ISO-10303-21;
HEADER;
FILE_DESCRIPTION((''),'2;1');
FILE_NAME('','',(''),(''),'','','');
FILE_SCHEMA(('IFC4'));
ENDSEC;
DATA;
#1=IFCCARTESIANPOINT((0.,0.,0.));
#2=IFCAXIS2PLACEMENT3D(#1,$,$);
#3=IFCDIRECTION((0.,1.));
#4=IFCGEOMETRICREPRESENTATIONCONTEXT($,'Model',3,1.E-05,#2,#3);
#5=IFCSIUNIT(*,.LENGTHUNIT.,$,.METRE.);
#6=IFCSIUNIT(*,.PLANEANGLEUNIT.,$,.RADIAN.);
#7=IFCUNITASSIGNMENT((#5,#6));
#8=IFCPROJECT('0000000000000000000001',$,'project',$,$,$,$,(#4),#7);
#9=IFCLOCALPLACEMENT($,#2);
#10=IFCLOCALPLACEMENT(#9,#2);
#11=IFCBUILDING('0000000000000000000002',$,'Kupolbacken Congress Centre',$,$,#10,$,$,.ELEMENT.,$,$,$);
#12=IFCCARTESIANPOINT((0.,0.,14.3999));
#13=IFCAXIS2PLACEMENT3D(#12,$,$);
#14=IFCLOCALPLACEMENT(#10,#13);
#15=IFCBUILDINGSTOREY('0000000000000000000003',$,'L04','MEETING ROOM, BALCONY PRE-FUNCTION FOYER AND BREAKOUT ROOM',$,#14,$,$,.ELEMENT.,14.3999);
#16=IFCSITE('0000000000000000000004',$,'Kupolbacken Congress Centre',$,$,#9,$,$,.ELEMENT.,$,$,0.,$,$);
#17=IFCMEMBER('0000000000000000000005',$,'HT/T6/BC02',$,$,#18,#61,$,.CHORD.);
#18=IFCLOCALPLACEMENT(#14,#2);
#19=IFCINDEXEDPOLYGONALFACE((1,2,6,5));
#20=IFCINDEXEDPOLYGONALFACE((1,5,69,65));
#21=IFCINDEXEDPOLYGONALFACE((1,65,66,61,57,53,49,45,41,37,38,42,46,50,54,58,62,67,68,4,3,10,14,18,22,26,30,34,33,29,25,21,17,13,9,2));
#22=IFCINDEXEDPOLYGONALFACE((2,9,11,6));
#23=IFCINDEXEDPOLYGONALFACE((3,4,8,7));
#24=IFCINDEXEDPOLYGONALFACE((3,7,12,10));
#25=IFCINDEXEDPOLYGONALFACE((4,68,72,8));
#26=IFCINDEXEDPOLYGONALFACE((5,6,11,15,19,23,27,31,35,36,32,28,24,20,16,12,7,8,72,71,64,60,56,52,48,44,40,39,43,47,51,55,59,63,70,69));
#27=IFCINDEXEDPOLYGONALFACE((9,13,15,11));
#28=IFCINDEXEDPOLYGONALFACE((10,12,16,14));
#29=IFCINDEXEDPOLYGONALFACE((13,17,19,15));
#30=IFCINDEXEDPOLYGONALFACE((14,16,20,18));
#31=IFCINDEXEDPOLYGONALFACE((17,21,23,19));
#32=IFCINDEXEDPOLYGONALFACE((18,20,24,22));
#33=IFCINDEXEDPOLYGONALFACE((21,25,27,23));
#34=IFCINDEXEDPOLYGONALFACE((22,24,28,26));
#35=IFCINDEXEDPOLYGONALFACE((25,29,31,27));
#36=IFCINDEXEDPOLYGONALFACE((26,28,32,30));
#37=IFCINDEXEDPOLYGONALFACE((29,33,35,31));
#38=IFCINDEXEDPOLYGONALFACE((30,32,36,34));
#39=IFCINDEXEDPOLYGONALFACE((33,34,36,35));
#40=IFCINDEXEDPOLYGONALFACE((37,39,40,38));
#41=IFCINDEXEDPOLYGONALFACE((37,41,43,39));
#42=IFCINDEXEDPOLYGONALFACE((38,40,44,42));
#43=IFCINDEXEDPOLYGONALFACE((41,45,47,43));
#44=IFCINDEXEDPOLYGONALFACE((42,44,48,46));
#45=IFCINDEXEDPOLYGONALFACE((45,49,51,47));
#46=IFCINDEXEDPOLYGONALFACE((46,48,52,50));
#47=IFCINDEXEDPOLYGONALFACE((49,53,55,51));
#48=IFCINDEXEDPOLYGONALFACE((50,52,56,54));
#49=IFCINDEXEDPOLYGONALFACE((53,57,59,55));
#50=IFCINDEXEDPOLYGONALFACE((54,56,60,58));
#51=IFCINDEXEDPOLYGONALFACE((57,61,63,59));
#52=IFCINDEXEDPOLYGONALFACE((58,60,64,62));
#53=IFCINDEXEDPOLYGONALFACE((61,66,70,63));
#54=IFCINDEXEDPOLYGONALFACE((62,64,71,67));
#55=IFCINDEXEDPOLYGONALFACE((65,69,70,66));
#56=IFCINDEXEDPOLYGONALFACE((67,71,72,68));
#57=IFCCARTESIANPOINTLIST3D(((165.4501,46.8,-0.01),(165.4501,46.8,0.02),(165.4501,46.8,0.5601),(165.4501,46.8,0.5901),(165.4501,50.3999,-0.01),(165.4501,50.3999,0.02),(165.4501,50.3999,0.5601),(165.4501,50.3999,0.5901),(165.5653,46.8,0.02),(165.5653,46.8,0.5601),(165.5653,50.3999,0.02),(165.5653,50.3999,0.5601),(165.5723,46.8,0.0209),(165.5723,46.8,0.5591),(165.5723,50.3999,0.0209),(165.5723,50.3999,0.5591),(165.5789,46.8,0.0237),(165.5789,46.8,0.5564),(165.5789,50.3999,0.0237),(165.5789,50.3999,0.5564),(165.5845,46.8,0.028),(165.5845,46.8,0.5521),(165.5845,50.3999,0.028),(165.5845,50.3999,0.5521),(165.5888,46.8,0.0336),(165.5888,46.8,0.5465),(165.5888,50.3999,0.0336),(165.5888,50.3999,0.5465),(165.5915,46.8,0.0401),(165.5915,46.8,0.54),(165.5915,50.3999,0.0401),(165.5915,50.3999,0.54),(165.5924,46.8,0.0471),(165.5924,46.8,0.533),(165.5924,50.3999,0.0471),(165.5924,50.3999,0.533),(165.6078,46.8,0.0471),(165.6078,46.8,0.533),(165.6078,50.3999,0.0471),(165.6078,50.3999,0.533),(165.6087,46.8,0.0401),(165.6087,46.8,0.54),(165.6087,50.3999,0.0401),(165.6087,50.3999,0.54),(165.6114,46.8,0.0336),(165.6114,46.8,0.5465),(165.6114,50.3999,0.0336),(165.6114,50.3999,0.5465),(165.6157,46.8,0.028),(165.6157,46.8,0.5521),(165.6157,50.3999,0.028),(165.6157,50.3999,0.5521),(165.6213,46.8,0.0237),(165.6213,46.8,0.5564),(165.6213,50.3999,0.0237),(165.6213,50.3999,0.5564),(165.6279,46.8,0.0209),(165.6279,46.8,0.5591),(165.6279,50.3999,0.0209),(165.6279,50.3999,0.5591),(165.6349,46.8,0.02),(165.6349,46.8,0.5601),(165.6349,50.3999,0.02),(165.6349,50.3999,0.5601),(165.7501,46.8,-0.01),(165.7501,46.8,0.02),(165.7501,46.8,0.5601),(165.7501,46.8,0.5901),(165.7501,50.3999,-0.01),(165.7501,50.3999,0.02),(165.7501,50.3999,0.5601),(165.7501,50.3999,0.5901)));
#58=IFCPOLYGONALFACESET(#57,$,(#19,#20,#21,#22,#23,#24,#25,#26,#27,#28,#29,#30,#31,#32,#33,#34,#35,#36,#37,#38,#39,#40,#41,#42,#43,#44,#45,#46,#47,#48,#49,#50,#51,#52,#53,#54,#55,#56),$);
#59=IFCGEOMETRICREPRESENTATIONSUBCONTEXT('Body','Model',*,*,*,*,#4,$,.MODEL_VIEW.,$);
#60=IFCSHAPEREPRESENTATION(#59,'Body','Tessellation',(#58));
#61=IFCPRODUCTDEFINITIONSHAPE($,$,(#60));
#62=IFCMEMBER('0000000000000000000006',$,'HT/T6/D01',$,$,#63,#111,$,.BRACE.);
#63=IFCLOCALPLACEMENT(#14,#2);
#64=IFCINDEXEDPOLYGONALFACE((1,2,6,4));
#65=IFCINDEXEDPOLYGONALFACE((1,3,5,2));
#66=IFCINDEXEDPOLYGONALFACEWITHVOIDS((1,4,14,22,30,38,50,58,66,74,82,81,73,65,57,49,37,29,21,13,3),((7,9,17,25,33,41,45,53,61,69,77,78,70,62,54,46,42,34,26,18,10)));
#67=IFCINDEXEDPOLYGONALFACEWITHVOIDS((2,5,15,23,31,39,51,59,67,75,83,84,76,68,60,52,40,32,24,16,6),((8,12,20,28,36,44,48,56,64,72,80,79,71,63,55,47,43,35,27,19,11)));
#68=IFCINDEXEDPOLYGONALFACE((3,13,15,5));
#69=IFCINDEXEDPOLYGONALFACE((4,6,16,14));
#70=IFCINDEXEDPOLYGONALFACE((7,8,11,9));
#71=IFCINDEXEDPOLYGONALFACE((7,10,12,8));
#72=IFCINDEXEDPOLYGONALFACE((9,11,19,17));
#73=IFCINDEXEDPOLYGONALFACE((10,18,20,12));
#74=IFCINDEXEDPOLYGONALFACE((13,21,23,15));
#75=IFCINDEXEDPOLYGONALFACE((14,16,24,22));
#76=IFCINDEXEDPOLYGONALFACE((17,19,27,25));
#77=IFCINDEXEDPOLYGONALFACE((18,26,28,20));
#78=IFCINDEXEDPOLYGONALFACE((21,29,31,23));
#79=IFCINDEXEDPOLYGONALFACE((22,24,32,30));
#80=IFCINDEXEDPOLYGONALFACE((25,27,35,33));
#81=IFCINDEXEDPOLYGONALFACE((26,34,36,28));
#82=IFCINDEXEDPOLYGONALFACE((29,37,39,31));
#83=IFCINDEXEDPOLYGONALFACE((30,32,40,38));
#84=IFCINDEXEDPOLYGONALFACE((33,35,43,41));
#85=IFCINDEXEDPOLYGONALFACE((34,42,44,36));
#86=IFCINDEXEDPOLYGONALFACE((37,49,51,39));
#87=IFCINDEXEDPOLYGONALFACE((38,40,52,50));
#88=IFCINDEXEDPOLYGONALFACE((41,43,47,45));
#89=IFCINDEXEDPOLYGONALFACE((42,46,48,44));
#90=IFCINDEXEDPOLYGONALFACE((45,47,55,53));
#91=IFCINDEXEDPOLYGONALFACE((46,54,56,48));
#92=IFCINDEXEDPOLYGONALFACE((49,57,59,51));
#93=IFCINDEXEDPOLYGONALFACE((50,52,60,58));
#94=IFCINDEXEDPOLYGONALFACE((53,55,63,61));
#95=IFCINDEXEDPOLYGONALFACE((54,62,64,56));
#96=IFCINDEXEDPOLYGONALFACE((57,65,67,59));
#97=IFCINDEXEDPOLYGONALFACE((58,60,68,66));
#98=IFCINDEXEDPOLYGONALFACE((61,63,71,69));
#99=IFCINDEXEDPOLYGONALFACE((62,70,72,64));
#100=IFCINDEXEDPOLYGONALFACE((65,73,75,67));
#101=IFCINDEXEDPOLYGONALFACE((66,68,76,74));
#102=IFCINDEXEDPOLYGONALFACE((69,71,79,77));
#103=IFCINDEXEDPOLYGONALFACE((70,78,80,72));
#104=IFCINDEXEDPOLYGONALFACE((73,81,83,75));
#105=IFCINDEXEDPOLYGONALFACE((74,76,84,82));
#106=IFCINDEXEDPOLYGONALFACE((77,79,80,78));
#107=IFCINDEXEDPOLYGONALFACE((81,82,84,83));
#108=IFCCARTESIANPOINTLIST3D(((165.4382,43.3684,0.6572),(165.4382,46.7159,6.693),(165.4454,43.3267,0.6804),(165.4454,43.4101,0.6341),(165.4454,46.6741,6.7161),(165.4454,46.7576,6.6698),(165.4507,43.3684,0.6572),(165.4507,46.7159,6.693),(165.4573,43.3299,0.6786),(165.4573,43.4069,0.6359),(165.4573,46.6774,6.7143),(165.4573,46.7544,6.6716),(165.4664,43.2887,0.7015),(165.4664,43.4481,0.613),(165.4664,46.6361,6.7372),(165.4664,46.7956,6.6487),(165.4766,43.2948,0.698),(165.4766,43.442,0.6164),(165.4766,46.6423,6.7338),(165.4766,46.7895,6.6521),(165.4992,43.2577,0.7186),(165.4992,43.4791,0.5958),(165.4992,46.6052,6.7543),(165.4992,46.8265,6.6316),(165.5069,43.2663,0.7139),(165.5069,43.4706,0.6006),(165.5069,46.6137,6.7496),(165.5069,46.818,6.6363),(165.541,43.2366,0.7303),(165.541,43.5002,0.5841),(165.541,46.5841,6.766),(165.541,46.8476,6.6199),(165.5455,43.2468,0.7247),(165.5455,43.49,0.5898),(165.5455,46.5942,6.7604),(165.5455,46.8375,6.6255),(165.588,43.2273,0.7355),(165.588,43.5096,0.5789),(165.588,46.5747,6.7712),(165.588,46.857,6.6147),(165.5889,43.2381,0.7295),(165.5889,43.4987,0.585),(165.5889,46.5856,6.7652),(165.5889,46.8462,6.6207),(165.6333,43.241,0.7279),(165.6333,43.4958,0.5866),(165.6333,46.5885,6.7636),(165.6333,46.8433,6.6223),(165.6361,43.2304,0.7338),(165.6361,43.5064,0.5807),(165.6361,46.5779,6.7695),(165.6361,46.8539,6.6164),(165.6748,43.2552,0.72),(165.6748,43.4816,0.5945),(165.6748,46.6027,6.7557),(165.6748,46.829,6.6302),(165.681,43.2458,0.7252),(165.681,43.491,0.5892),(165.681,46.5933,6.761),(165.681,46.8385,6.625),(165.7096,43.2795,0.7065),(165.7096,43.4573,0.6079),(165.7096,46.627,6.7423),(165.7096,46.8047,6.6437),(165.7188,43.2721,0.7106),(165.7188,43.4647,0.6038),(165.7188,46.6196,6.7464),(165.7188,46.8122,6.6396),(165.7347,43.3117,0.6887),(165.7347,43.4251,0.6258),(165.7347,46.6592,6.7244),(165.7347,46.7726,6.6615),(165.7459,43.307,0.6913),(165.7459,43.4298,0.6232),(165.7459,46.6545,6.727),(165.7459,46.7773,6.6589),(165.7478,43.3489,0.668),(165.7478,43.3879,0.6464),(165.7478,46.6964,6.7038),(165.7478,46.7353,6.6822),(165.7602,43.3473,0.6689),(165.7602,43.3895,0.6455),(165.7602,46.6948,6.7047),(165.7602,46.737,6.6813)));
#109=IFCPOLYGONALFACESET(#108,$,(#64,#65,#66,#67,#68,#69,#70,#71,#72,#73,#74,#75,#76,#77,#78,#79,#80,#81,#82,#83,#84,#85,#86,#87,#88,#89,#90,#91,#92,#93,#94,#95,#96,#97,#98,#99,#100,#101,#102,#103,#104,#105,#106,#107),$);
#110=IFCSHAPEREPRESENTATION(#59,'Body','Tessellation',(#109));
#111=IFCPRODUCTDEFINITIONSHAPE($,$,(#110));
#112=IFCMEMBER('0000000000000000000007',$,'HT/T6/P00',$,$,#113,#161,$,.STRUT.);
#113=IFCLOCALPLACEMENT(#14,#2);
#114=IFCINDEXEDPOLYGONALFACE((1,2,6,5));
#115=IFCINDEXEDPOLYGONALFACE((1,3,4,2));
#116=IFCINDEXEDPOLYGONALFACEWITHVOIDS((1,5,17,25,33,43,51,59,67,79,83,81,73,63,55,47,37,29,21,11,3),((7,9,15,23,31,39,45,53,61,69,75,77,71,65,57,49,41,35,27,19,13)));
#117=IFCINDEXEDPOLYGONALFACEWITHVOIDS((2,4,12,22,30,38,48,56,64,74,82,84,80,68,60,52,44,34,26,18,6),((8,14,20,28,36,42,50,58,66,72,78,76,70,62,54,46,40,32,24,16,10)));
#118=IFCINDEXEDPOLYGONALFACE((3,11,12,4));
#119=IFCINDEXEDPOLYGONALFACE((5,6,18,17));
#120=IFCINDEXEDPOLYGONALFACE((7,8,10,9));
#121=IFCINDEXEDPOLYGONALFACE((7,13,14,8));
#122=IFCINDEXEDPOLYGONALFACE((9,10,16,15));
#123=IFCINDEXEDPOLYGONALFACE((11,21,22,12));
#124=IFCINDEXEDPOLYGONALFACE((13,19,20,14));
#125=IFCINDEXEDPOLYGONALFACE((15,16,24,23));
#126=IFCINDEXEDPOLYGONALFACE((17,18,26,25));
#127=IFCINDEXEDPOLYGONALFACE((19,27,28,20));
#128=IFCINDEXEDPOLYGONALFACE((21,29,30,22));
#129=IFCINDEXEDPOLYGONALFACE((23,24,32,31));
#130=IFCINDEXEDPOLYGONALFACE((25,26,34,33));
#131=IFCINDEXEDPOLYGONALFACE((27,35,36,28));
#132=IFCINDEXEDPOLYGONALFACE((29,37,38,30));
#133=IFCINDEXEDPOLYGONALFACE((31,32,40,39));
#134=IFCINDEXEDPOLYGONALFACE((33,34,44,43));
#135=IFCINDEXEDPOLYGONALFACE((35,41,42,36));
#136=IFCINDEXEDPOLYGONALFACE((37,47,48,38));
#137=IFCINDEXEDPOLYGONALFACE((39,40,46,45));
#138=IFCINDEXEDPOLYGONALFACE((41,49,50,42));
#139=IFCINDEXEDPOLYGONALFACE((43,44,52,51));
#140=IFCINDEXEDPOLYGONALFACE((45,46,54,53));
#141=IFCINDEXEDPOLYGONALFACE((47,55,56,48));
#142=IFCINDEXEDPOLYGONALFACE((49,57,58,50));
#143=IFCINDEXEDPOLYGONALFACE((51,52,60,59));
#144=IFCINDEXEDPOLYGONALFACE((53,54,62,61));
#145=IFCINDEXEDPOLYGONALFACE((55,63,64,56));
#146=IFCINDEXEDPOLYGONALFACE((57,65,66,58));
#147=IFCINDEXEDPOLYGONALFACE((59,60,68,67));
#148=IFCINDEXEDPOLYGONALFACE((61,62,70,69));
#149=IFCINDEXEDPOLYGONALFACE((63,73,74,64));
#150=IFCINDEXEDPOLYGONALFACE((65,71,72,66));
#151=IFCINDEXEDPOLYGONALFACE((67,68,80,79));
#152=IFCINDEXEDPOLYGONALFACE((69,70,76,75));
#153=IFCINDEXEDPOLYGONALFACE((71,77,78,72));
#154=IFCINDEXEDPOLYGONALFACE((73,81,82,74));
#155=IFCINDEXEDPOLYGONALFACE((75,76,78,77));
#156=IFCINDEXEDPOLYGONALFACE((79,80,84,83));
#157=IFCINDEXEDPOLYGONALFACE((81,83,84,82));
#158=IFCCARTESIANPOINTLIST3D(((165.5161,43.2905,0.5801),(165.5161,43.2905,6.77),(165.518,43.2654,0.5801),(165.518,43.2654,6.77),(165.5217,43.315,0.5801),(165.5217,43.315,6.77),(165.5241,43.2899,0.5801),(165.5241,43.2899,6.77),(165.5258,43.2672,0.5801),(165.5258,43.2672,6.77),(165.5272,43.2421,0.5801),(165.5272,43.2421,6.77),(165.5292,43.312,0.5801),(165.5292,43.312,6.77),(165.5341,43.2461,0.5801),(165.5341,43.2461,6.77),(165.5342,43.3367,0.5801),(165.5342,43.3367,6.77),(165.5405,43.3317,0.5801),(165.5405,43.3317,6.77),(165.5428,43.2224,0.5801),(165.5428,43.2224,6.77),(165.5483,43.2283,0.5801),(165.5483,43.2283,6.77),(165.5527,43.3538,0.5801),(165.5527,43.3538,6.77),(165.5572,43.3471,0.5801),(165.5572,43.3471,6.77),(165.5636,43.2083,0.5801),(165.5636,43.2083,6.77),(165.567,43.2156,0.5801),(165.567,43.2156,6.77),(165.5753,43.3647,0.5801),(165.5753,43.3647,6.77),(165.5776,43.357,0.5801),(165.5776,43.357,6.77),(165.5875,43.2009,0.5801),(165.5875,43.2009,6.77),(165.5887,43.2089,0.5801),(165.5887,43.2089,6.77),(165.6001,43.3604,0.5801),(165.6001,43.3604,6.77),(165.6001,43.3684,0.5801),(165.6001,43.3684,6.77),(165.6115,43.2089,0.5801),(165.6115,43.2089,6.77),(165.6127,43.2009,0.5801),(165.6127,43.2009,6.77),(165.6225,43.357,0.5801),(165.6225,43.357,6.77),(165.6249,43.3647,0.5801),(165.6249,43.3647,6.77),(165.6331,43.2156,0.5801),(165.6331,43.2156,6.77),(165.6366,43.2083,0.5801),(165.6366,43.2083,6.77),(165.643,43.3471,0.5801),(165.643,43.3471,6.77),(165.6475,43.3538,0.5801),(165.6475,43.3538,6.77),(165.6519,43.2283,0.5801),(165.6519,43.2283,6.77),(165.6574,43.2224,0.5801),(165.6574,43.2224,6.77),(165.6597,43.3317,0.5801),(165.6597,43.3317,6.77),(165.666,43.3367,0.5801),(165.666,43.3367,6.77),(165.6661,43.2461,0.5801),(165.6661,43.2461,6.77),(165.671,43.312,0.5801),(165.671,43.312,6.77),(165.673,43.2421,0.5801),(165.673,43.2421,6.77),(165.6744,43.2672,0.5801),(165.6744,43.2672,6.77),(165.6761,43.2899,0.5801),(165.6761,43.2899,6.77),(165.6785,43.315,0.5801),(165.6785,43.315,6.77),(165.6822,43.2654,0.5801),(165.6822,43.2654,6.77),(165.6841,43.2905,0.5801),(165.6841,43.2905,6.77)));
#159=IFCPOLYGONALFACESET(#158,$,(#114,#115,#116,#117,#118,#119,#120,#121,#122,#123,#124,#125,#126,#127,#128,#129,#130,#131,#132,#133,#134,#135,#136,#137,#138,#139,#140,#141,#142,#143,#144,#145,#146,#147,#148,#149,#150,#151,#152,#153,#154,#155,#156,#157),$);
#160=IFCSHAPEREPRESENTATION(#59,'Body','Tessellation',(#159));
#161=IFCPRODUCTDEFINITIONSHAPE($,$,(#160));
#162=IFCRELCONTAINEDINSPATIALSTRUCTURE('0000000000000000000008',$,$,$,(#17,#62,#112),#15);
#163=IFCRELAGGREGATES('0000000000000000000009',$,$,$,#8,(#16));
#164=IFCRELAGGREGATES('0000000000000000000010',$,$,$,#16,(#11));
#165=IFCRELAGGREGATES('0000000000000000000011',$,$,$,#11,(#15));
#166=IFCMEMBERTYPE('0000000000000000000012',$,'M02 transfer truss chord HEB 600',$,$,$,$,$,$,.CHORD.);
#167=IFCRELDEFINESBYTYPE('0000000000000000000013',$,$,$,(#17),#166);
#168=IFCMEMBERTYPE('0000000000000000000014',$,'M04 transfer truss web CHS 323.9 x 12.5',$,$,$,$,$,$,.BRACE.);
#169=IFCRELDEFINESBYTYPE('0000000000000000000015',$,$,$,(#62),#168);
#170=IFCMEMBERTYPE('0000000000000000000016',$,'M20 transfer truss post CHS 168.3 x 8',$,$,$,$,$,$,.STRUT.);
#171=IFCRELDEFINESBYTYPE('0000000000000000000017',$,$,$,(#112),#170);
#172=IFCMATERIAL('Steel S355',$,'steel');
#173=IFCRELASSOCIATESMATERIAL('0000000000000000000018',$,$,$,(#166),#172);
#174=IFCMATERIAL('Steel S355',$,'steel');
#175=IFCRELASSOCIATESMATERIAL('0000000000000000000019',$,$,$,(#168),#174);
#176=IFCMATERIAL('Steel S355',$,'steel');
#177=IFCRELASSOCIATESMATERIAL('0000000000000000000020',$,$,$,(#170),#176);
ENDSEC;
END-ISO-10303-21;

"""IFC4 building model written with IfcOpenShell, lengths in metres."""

from ifc_helpers import new_model, si_unit, direction, frame, origin, origin_2d, place, context, subcontext, project, spatial, hollow_circle, i_section, extrude, material, material_profile, profile_set, type_object, element, save


model = new_model("IFC4")

# Units and contexts
model_context = context("Model", 3, precision=1e-05, world=origin(), true_north=direction((0.0, 1.0)))
body_context = subcontext(model_context, "Body", "Model", "MODEL_VIEW")
ifc_project = project(units=[si_unit("LENGTHUNIT", "METRE"), si_unit("PLANEANGLEUNIT", "RADIAN")], contexts=[model_context])

# Site, building, storey
site_placement = place(None, origin())
site = spatial("IfcSite", under=ifc_project, at=site_placement, Name="Kupolbacken Congress Centre", CompositionType="ELEMENT", RefElevation=0.0)
building_placement = place(site_placement, origin())
building = spatial("IfcBuilding", under=site, at=building_placement, Name="Kupolbacken Congress Centre", CompositionType="ELEMENT")
storey_placement = place(building_placement, frame((0.0, 0.0, 14.3999)))
storey = spatial("IfcBuildingStorey", under=building, at=storey_placement, Name="L04", Description="MEETING ROOM, BALCONY PRE-FUNCTION FOYER AND BREAKOUT ROOM", CompositionType="ELEMENT", Elevation=14.3999)

# Members
ifc_material_1 = material(Name="Steel S355", Category="steel")
ifc_material_profile_1 = material_profile(ifc_material_1, i_section(OverallWidth=0.3, OverallDepth=0.6001, WebThickness=0.0154, FlangeThickness=0.03, FilletRadius=0.0271, at=origin_2d()), Name="HEB 600")
ifc_profile_set_1 = profile_set([ifc_material_profile_1], Name="Steel S355")
member_type_1 = type_object("IfcMemberType", Name="M02 transfer truss chord HEB 600", PredefinedType="CHORD", material=ifc_profile_set_1)
member_1_placement = place(storey_placement, frame((165.6001, 46.8, 0.29), z_axis=(0.0, 1.0, 0.0), x_axis=(-1.0, 0.0, 0.0)))
element("IfcMember", 1, at=member_1_placement, inside=storey, type_object=member_type_1, Name="HT/T6/BC02", PredefinedType="CHORD", context=body_context, shape_type="SweptSolid", body=[
    extrude(i_section(OverallWidth=0.3, OverallDepth=0.6001, WebThickness=0.0154, FlangeThickness=0.03, FilletRadius=0.0271, at=origin_2d()), origin(), (0.0, 0.0, 1.0), 3.5999),
])
ifc_material_2 = material(Name="Steel S355", Category="steel")
ifc_material_profile_2 = material_profile(ifc_material_2, hollow_circle(Radius=0.1619, WallThickness=0.0125, at=origin_2d()), Name="CHS 323.9 x 12.5")
ifc_profile_set_2 = profile_set([ifc_material_profile_2], Name="Steel S355")
member_type_2 = type_object("IfcMemberType", Name="M04 transfer truss web CHS 323.9 x 12.5", PredefinedType="BRACE", material=ifc_profile_set_2)
member_2_placement = place(storey_placement, frame((165.6001, 43.3684, 0.6572), z_axis=(0.0, 0.485009, 0.874509), x_axis=(-1.0, 0.0, 0.0)))
element("IfcMember", 2, at=member_2_placement, inside=storey, type_object=member_type_2, Name="HT/T6/D01", PredefinedType="BRACE", context=body_context, shape_type="SweptSolid", body=[
    extrude(hollow_circle(Radius=0.1619, WallThickness=0.0125, at=origin_2d()), origin(), (0.0, 0.0, 1.0), 6.9019),
])
ifc_material_3 = material(Name="Steel S355", Category="steel")
ifc_material_profile_3 = material_profile(ifc_material_3, hollow_circle(Radius=0.0842, WallThickness=0.0081, at=origin_2d()), Name="CHS 168.3 x 8")
ifc_profile_set_3 = profile_set([ifc_material_profile_3], Name="Steel S355")
member_type_3 = type_object("IfcMemberType", Name="M20 transfer truss post CHS 168.3 x 8", PredefinedType="STRUT", material=ifc_profile_set_3)
for number, where, z_axis, x_axis, name in (
    (3, (165.6001, 43.2842, 0.5801), (0.0, 0.0, 1.0), (0.0, 1.0, 0.0), "HT/T6/P00"),
):
    element("IfcMember", number, at=place(storey_placement, frame(where, z_axis=z_axis, x_axis=x_axis)), inside=storey, type_object=member_type_3, Name=name, PredefinedType="STRUT", context=body_context, shape_type="SweptSolid", body=[
        extrude(hollow_circle(Radius=0.0842, WallThickness=0.0081, at=origin_2d()), origin(), (0.0, 0.0, 1.0), 6.1899),
    ])

save(model, "model.ifc")
